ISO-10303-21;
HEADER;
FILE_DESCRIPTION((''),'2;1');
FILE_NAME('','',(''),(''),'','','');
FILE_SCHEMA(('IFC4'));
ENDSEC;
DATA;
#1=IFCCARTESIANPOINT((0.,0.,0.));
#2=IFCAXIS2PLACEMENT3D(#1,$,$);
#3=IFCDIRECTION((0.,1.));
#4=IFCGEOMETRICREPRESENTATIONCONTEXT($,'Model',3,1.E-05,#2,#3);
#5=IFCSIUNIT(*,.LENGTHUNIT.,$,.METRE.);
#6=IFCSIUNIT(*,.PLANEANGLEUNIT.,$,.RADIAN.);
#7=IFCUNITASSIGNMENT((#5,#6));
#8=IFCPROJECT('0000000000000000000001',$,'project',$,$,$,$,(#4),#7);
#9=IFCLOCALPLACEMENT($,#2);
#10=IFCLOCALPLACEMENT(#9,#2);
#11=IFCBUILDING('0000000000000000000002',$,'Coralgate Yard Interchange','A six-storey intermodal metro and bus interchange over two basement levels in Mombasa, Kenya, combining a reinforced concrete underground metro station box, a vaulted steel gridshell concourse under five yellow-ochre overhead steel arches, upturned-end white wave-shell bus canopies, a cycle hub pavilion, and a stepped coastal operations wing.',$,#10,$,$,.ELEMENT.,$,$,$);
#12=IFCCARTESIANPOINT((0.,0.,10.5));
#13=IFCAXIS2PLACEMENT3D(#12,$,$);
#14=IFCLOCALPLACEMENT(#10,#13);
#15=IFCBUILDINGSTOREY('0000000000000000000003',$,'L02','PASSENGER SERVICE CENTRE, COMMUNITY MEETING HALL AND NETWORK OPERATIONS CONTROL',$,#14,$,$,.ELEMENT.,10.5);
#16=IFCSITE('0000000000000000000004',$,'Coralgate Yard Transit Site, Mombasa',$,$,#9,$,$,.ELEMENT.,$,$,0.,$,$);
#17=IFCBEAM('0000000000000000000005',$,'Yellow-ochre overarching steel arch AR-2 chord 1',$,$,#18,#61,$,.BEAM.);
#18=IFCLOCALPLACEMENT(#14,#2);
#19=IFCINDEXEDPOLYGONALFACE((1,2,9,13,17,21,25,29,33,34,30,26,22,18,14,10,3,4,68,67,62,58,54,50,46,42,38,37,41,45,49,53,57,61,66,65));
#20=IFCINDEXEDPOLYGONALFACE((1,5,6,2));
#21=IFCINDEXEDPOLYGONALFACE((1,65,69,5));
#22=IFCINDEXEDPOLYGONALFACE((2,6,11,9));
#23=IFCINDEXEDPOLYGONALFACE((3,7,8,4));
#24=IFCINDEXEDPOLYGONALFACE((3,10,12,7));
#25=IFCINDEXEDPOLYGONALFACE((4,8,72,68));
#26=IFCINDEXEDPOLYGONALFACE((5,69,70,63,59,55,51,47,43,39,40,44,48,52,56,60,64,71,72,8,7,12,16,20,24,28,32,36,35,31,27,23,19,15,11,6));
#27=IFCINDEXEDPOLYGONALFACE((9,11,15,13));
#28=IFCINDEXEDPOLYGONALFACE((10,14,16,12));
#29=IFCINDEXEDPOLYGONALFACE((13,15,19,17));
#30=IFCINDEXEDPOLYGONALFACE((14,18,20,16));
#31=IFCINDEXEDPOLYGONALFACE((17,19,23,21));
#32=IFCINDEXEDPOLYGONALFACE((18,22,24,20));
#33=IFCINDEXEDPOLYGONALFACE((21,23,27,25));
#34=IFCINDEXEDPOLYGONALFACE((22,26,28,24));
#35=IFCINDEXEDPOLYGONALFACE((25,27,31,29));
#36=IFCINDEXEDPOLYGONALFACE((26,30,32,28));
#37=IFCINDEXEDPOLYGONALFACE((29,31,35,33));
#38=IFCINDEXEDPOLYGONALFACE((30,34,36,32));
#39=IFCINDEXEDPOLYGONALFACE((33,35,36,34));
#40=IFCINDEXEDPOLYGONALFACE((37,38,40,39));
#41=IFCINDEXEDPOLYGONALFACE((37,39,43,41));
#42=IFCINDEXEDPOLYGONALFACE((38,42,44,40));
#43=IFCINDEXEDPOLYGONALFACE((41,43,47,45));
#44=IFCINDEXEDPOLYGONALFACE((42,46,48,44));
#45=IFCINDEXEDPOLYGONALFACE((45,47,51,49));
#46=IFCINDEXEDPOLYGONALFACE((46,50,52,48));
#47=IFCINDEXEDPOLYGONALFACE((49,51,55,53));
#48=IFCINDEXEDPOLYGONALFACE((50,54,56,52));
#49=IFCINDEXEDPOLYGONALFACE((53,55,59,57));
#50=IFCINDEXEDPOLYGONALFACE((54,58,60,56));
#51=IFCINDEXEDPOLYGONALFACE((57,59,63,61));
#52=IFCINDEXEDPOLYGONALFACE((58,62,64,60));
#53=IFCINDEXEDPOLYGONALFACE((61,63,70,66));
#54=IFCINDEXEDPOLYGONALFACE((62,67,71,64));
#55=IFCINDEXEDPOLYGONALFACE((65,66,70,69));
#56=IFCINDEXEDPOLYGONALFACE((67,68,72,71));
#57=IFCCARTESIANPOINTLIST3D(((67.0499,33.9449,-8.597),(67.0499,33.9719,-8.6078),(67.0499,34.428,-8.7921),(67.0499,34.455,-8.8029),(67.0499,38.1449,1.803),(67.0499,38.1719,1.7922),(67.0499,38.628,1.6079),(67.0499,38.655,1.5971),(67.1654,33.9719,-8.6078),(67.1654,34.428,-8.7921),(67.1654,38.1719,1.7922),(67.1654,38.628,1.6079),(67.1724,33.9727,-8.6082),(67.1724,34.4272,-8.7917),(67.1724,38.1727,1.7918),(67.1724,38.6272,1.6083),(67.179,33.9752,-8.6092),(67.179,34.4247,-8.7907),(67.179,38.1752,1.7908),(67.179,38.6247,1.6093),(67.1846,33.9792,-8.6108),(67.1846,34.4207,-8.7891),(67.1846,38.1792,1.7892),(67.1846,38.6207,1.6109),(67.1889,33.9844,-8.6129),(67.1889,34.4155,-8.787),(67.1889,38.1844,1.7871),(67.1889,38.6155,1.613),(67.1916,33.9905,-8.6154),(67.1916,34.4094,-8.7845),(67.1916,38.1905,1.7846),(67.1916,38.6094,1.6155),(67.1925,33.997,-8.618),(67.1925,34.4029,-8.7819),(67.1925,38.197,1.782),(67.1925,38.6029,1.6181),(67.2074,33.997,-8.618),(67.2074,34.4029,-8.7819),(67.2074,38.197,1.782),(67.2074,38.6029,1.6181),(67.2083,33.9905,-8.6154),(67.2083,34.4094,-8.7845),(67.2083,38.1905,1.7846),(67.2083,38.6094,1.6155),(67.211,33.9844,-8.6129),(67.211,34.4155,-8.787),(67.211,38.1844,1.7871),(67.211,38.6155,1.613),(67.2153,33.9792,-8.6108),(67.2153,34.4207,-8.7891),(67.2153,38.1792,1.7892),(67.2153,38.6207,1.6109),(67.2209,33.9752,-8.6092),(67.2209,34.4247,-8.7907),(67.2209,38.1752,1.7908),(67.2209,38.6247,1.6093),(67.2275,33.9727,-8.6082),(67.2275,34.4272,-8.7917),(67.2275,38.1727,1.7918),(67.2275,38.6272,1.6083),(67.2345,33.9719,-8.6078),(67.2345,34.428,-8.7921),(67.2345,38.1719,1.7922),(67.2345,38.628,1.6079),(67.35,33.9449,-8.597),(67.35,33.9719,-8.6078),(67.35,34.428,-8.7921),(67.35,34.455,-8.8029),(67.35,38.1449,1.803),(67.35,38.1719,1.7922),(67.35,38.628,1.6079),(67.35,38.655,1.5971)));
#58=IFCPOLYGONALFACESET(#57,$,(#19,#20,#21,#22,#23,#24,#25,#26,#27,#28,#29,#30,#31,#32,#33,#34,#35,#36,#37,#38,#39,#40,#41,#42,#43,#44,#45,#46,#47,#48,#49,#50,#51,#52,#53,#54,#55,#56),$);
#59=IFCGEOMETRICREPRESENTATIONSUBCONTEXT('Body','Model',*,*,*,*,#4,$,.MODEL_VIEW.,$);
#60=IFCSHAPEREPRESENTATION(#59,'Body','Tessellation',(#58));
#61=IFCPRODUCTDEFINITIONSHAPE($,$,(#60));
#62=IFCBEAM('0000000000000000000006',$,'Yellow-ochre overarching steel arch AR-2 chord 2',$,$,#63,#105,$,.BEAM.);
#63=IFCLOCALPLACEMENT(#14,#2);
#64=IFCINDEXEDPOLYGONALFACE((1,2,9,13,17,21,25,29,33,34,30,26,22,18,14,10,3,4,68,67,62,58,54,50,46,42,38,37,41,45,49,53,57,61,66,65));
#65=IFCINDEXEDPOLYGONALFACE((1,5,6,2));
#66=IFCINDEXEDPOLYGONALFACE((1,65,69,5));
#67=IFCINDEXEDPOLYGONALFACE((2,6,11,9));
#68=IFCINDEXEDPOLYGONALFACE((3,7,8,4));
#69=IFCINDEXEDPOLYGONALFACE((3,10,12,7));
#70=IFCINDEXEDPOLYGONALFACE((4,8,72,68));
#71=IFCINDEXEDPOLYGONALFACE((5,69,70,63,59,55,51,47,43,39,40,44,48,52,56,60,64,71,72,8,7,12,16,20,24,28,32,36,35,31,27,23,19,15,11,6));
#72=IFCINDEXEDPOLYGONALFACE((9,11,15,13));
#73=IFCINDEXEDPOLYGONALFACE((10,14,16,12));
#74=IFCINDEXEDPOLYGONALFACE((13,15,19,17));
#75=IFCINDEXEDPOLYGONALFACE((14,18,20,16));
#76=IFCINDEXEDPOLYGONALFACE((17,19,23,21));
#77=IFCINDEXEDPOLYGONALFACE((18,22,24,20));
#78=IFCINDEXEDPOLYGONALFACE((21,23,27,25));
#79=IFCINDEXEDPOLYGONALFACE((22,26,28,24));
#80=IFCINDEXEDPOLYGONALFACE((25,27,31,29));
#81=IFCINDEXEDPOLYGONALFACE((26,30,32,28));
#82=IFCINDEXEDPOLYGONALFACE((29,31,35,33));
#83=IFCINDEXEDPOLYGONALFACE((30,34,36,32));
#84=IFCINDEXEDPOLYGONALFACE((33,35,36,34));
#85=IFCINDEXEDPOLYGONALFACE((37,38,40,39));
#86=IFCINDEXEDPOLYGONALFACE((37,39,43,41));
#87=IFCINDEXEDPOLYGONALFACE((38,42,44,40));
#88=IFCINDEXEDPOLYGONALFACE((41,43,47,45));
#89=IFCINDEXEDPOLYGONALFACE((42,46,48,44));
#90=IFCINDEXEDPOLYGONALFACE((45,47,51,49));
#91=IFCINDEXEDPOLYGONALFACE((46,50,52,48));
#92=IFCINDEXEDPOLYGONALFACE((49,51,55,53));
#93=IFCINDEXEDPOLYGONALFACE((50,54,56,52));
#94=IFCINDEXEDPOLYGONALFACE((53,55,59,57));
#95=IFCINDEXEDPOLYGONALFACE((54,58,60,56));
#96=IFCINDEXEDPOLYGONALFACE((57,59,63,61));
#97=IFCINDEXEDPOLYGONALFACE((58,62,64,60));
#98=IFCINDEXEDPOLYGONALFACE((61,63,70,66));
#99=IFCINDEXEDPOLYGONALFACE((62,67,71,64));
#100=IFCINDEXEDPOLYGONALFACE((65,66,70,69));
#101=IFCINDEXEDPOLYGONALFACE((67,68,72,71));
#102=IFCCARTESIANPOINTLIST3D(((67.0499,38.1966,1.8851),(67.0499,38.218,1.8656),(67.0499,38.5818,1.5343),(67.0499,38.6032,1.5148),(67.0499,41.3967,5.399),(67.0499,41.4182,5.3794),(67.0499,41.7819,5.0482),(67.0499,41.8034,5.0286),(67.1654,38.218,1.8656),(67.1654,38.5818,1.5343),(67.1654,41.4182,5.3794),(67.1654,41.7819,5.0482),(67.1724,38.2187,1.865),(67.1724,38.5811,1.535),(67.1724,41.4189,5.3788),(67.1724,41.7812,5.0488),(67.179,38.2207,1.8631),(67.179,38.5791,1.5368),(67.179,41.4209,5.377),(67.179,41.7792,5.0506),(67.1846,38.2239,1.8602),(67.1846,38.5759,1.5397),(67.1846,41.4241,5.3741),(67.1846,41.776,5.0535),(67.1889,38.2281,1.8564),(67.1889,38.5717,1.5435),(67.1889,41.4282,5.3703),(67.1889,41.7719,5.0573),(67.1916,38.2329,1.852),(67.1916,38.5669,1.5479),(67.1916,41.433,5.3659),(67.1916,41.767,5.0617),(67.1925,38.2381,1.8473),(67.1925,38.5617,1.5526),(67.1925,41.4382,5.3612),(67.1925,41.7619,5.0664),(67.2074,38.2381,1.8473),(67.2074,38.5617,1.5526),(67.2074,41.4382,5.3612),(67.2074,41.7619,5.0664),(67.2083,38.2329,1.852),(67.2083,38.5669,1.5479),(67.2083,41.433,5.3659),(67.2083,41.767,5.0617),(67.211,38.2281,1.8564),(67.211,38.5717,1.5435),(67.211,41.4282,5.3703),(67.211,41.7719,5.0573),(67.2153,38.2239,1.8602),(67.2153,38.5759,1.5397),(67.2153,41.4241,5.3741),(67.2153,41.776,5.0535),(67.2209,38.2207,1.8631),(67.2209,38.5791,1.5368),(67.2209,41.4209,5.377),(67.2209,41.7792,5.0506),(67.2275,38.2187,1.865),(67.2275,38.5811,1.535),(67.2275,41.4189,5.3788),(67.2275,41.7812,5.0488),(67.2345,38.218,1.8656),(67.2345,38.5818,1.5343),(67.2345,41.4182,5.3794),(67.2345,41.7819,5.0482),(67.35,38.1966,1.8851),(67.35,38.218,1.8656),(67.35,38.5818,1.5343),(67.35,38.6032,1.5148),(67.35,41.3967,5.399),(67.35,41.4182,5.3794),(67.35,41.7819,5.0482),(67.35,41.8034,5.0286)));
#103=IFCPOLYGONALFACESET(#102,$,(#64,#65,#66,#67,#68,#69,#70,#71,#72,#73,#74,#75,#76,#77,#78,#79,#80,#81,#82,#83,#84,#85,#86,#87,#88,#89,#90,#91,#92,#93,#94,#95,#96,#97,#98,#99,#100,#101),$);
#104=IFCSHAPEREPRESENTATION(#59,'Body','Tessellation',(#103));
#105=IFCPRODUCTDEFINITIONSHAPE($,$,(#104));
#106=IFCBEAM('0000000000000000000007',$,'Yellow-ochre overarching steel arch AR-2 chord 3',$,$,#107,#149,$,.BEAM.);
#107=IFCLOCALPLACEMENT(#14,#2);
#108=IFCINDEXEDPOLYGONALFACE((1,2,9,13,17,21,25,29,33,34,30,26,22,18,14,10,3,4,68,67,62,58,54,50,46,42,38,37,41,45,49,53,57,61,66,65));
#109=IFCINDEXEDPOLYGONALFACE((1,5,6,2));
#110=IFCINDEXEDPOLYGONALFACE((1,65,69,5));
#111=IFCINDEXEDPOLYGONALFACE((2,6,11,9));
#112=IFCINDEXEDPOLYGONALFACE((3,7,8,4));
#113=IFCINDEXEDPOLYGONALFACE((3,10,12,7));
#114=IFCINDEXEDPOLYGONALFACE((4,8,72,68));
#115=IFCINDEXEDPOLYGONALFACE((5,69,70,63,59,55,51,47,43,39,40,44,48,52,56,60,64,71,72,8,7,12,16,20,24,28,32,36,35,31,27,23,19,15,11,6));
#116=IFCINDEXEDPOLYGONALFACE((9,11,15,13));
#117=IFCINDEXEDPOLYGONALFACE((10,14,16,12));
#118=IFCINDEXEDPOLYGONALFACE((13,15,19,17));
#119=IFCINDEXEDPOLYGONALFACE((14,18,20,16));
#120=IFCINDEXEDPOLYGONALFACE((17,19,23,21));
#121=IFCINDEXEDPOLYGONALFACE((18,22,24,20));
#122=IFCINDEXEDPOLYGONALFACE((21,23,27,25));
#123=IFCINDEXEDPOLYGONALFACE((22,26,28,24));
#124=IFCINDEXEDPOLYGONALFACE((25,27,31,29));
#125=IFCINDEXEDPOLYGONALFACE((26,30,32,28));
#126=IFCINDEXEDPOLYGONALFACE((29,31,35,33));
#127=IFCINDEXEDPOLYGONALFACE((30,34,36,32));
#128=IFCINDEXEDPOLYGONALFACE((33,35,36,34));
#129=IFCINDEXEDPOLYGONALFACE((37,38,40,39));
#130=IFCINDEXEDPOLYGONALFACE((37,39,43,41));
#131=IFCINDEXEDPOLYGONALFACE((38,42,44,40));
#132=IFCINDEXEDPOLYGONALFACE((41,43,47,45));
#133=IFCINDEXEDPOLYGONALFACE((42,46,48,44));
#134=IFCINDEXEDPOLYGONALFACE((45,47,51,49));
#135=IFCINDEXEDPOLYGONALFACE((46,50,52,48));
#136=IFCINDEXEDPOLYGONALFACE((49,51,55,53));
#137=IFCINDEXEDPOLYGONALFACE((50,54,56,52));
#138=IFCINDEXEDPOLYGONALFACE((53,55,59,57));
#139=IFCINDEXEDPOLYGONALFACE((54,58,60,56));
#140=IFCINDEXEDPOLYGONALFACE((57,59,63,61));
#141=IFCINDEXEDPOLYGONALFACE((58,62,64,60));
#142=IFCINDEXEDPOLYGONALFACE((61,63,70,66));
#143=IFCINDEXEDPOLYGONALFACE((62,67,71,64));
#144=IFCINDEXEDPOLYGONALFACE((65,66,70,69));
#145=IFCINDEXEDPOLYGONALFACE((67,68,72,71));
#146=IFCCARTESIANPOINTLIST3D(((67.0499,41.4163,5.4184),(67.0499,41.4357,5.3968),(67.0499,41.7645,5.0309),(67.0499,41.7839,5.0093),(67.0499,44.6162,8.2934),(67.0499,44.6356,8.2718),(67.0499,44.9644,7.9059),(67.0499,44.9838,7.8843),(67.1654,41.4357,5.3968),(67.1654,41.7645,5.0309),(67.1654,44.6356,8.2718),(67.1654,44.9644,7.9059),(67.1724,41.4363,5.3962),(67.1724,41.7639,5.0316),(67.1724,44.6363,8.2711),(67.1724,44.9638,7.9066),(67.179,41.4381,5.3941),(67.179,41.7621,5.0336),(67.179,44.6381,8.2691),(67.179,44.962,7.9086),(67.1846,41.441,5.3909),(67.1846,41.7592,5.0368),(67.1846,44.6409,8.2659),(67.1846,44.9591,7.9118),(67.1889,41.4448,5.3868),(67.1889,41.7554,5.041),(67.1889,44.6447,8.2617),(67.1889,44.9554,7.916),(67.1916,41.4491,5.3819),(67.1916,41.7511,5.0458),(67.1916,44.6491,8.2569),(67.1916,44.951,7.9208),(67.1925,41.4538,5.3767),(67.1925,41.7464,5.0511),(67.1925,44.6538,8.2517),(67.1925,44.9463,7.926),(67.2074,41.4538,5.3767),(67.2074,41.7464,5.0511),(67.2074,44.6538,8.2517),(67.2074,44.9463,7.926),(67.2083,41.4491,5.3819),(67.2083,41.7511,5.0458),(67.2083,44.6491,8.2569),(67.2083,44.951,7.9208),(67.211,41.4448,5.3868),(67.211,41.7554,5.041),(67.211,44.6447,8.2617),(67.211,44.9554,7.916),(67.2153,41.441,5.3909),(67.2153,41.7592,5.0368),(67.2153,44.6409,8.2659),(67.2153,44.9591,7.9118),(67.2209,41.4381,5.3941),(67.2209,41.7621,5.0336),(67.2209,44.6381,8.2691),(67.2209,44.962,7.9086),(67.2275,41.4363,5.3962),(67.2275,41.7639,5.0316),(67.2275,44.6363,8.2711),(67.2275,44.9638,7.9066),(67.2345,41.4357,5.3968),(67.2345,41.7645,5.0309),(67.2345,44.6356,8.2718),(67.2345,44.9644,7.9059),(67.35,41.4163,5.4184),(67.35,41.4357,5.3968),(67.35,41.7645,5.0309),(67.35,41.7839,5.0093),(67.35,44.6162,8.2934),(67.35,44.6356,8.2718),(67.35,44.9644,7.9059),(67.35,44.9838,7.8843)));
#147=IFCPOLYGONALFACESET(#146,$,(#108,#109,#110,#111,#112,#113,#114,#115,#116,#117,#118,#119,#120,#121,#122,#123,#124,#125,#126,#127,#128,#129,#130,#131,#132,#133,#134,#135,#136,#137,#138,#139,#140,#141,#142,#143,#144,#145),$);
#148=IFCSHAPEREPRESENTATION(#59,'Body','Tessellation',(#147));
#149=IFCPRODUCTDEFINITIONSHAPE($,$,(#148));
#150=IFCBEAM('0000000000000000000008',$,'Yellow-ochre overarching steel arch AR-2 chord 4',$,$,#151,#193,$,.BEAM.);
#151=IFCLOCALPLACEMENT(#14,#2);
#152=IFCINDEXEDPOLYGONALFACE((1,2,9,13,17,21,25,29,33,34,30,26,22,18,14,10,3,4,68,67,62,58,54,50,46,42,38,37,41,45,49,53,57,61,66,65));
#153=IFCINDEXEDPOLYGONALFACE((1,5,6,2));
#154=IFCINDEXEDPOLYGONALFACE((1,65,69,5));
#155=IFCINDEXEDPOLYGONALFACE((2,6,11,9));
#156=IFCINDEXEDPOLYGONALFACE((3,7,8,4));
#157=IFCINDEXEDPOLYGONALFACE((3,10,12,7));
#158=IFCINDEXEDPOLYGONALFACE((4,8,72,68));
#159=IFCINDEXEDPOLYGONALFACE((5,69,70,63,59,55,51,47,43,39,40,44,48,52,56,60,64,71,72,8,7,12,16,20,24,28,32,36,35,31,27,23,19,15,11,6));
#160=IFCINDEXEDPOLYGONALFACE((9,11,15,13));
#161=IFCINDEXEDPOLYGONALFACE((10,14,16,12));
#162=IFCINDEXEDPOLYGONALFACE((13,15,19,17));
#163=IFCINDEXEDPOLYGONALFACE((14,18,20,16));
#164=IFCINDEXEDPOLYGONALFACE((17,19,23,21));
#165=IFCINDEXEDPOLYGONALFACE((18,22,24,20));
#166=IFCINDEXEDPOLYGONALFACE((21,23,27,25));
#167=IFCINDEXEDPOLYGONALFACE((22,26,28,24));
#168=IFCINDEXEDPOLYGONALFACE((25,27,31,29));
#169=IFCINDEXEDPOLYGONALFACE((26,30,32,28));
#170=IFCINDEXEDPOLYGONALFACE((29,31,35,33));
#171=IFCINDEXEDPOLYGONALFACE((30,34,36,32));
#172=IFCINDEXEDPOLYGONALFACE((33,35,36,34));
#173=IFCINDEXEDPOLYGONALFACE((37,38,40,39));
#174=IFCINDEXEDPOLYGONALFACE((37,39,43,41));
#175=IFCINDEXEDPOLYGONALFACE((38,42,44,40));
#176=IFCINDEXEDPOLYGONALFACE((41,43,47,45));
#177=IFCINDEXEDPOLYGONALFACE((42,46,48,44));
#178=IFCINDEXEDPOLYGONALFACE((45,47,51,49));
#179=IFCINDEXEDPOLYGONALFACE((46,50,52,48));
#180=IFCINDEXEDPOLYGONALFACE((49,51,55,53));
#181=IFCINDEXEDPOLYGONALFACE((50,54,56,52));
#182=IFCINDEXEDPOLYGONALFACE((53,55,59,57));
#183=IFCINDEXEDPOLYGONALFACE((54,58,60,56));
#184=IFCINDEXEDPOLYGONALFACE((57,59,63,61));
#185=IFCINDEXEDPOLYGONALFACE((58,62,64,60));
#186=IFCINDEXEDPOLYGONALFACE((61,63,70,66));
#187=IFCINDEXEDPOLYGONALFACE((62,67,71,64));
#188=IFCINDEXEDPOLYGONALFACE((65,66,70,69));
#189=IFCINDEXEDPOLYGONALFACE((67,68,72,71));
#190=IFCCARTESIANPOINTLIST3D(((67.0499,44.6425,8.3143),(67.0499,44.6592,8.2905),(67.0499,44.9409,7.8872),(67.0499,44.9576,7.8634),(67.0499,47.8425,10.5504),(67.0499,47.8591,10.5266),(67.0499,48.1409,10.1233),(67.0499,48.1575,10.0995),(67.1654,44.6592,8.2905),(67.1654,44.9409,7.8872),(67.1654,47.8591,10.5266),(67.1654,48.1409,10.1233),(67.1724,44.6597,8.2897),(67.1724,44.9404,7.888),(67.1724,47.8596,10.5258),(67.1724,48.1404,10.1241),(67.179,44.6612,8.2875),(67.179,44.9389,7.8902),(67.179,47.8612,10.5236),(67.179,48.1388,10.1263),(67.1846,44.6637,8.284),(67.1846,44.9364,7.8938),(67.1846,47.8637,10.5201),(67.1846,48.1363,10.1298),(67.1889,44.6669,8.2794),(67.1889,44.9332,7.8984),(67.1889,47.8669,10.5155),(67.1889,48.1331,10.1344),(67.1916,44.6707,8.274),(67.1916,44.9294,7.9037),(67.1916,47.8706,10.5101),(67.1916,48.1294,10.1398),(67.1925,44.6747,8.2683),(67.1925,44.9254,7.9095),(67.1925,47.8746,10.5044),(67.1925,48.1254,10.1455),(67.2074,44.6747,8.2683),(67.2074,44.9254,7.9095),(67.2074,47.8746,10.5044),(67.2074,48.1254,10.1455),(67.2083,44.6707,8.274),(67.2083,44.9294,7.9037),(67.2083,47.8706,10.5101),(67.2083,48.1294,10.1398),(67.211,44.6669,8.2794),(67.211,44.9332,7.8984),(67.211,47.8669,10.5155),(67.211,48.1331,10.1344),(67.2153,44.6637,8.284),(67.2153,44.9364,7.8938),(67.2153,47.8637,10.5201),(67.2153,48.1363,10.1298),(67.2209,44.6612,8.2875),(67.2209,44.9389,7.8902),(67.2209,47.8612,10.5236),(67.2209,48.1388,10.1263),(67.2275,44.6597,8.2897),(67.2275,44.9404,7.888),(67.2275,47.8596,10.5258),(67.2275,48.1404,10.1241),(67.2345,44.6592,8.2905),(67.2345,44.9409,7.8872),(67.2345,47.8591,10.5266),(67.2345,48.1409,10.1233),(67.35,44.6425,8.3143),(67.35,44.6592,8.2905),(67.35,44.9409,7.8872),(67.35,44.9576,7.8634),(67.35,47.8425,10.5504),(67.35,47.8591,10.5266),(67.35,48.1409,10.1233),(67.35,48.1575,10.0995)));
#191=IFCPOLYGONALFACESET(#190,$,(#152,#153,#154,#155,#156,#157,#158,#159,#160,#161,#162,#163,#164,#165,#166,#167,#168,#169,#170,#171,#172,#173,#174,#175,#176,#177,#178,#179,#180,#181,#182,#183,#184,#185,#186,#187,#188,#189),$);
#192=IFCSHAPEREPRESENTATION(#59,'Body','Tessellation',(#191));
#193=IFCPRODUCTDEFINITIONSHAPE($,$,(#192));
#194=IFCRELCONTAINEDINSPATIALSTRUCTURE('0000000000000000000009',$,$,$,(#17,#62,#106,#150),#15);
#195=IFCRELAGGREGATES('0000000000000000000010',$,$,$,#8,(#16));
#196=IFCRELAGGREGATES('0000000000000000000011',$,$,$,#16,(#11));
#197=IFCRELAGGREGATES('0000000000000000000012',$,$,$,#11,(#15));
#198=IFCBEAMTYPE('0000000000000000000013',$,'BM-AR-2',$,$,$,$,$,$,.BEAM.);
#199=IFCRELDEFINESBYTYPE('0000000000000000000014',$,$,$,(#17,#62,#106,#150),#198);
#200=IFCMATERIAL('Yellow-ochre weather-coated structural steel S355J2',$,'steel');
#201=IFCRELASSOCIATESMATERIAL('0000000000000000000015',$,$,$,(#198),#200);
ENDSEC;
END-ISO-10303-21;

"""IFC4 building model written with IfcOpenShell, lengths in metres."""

from ifc_helpers import new_model, si_unit, direction, frame, origin, origin_2d, place, context, subcontext, project, spatial, i_section, extrude, material, material_profile, profile_set, type_object, element, save


model = new_model("IFC4")

# Units and contexts
model_context = context("Model", 3, precision=1e-05, world=origin(), true_north=direction((0.0, 1.0)))
body_context = subcontext(model_context, "Body", "Model", "MODEL_VIEW")
ifc_project = project(units=[si_unit("LENGTHUNIT", "METRE"), si_unit("PLANEANGLEUNIT", "RADIAN")], contexts=[model_context])

# Site, building, storey
site_placement = place(None, origin())
site = spatial("IfcSite", under=ifc_project, at=site_placement, Name="Coralgate Yard Transit Site, Mombasa", CompositionType="ELEMENT", RefElevation=0.0)
building_placement = place(site_placement, origin())
building = spatial("IfcBuilding", under=site, at=building_placement, Name="Coralgate Yard Interchange", Description="A six-storey intermodal metro and bus interchange over two basement levels in Mombasa, Kenya, combining a reinforced concrete underground metro station box, a vaulted steel gridshell concourse under five yellow-ochre overhead steel arches, upturned-end white wave-shell bus canopies, a cycle hub pavilion, and a stepped coastal operations wing.", CompositionType="ELEMENT")
storey_placement = place(building_placement, frame((0.0, 0.0, 10.5)))
storey = spatial("IfcBuildingStorey", under=building, at=storey_placement, Name="L02", Description="PASSENGER SERVICE CENTRE, COMMUNITY MEETING HALL AND NETWORK OPERATIONS CONTROL", CompositionType="ELEMENT", Elevation=10.5)

# Beams
ifc_material_1 = material(Name="Yellow-ochre weather-coated structural steel S355J2", Category="steel")
ifc_material_profile_1 = material_profile(ifc_material_1, i_section(OverallWidth=0.3, OverallDepth=0.55, WebThickness=0.0149, FlangeThickness=0.0291, FilletRadius=0.0271, at=origin_2d()), Name="HEB 550")
ifc_profile_set_1 = profile_set([ifc_material_profile_1], Name="Yellow-ochre weather-coated structural steel S355J2")
beam_type_1 = type_object("IfcBeamType", Name="BM-AR-2", PredefinedType="BEAM", material=ifc_profile_set_1)
beam_1_placement = place(storey_placement, frame((67.2, 34.2, -8.7), z_axis=(0.0, 0.374462, 0.927242), x_axis=(-1.0, 0.0, 0.0)))
element("IfcBeam", 1, at=beam_1_placement, inside=storey, type_object=beam_type_1, Name="Yellow-ochre overarching steel arch AR-2 chord 1", PredefinedType="BEAM", context=body_context, shape_type="SweptSolid", body=[
    extrude(i_section(OverallWidth=0.3, OverallDepth=0.55, WebThickness=0.0149, FlangeThickness=0.0291, FilletRadius=0.0271, at=origin_2d()), origin(), (0.0, 0.0, 1.0), 11.2161),
])
beam_2_placement = place(storey_placement, frame((67.2, 38.3999, 1.7), z_axis=(0.0, 0.673332, 0.73934), x_axis=(-1.0, 0.0, 0.0)))
element("IfcBeam", 2, at=beam_2_placement, inside=storey, type_object=beam_type_1, Name="Yellow-ochre overarching steel arch AR-2 chord 2", PredefinedType="BEAM", context=body_context, shape_type="SweptSolid", body=[
    extrude(i_section(OverallWidth=0.3, OverallDepth=0.55, WebThickness=0.0149, FlangeThickness=0.0291, FilletRadius=0.0271, at=origin_2d()), origin(), (0.0, 0.0, 1.0), 4.7527),
])
beam_3_placement = place(storey_placement, frame((67.2, 41.6001, 5.2139), z_axis=(0.0, 0.743867, 0.668328), x_axis=(-1.0, 0.0, 0.0)))
element("IfcBeam", 3, at=beam_3_placement, inside=storey, type_object=beam_type_1, Name="Yellow-ochre overarching steel arch AR-2 chord 3", PredefinedType="BEAM", context=body_context, shape_type="SweptSolid", body=[
    extrude(i_section(OverallWidth=0.3, OverallDepth=0.55, WebThickness=0.0149, FlangeThickness=0.0291, FilletRadius=0.0271, at=origin_2d()), origin(), (0.0, 0.0, 1.0), 4.3018),
])
beam_4_placement = place(storey_placement, frame((67.2, 44.8, 8.0889), z_axis=(0.0, 0.819699, 0.572795), x_axis=(-1.0, 0.0, 0.0)))
element("IfcBeam", 4, at=beam_4_placement, inside=storey, type_object=beam_type_1, Name="Yellow-ochre overarching steel arch AR-2 chord 4", PredefinedType="BEAM", context=body_context, shape_type="SweptSolid", body=[
    extrude(i_section(OverallWidth=0.3, OverallDepth=0.55, WebThickness=0.0149, FlangeThickness=0.0291, FilletRadius=0.0271, at=origin_2d()), origin(), (0.0, 0.0, 1.0), 3.9038),
])

save(model, "model.ifc")
